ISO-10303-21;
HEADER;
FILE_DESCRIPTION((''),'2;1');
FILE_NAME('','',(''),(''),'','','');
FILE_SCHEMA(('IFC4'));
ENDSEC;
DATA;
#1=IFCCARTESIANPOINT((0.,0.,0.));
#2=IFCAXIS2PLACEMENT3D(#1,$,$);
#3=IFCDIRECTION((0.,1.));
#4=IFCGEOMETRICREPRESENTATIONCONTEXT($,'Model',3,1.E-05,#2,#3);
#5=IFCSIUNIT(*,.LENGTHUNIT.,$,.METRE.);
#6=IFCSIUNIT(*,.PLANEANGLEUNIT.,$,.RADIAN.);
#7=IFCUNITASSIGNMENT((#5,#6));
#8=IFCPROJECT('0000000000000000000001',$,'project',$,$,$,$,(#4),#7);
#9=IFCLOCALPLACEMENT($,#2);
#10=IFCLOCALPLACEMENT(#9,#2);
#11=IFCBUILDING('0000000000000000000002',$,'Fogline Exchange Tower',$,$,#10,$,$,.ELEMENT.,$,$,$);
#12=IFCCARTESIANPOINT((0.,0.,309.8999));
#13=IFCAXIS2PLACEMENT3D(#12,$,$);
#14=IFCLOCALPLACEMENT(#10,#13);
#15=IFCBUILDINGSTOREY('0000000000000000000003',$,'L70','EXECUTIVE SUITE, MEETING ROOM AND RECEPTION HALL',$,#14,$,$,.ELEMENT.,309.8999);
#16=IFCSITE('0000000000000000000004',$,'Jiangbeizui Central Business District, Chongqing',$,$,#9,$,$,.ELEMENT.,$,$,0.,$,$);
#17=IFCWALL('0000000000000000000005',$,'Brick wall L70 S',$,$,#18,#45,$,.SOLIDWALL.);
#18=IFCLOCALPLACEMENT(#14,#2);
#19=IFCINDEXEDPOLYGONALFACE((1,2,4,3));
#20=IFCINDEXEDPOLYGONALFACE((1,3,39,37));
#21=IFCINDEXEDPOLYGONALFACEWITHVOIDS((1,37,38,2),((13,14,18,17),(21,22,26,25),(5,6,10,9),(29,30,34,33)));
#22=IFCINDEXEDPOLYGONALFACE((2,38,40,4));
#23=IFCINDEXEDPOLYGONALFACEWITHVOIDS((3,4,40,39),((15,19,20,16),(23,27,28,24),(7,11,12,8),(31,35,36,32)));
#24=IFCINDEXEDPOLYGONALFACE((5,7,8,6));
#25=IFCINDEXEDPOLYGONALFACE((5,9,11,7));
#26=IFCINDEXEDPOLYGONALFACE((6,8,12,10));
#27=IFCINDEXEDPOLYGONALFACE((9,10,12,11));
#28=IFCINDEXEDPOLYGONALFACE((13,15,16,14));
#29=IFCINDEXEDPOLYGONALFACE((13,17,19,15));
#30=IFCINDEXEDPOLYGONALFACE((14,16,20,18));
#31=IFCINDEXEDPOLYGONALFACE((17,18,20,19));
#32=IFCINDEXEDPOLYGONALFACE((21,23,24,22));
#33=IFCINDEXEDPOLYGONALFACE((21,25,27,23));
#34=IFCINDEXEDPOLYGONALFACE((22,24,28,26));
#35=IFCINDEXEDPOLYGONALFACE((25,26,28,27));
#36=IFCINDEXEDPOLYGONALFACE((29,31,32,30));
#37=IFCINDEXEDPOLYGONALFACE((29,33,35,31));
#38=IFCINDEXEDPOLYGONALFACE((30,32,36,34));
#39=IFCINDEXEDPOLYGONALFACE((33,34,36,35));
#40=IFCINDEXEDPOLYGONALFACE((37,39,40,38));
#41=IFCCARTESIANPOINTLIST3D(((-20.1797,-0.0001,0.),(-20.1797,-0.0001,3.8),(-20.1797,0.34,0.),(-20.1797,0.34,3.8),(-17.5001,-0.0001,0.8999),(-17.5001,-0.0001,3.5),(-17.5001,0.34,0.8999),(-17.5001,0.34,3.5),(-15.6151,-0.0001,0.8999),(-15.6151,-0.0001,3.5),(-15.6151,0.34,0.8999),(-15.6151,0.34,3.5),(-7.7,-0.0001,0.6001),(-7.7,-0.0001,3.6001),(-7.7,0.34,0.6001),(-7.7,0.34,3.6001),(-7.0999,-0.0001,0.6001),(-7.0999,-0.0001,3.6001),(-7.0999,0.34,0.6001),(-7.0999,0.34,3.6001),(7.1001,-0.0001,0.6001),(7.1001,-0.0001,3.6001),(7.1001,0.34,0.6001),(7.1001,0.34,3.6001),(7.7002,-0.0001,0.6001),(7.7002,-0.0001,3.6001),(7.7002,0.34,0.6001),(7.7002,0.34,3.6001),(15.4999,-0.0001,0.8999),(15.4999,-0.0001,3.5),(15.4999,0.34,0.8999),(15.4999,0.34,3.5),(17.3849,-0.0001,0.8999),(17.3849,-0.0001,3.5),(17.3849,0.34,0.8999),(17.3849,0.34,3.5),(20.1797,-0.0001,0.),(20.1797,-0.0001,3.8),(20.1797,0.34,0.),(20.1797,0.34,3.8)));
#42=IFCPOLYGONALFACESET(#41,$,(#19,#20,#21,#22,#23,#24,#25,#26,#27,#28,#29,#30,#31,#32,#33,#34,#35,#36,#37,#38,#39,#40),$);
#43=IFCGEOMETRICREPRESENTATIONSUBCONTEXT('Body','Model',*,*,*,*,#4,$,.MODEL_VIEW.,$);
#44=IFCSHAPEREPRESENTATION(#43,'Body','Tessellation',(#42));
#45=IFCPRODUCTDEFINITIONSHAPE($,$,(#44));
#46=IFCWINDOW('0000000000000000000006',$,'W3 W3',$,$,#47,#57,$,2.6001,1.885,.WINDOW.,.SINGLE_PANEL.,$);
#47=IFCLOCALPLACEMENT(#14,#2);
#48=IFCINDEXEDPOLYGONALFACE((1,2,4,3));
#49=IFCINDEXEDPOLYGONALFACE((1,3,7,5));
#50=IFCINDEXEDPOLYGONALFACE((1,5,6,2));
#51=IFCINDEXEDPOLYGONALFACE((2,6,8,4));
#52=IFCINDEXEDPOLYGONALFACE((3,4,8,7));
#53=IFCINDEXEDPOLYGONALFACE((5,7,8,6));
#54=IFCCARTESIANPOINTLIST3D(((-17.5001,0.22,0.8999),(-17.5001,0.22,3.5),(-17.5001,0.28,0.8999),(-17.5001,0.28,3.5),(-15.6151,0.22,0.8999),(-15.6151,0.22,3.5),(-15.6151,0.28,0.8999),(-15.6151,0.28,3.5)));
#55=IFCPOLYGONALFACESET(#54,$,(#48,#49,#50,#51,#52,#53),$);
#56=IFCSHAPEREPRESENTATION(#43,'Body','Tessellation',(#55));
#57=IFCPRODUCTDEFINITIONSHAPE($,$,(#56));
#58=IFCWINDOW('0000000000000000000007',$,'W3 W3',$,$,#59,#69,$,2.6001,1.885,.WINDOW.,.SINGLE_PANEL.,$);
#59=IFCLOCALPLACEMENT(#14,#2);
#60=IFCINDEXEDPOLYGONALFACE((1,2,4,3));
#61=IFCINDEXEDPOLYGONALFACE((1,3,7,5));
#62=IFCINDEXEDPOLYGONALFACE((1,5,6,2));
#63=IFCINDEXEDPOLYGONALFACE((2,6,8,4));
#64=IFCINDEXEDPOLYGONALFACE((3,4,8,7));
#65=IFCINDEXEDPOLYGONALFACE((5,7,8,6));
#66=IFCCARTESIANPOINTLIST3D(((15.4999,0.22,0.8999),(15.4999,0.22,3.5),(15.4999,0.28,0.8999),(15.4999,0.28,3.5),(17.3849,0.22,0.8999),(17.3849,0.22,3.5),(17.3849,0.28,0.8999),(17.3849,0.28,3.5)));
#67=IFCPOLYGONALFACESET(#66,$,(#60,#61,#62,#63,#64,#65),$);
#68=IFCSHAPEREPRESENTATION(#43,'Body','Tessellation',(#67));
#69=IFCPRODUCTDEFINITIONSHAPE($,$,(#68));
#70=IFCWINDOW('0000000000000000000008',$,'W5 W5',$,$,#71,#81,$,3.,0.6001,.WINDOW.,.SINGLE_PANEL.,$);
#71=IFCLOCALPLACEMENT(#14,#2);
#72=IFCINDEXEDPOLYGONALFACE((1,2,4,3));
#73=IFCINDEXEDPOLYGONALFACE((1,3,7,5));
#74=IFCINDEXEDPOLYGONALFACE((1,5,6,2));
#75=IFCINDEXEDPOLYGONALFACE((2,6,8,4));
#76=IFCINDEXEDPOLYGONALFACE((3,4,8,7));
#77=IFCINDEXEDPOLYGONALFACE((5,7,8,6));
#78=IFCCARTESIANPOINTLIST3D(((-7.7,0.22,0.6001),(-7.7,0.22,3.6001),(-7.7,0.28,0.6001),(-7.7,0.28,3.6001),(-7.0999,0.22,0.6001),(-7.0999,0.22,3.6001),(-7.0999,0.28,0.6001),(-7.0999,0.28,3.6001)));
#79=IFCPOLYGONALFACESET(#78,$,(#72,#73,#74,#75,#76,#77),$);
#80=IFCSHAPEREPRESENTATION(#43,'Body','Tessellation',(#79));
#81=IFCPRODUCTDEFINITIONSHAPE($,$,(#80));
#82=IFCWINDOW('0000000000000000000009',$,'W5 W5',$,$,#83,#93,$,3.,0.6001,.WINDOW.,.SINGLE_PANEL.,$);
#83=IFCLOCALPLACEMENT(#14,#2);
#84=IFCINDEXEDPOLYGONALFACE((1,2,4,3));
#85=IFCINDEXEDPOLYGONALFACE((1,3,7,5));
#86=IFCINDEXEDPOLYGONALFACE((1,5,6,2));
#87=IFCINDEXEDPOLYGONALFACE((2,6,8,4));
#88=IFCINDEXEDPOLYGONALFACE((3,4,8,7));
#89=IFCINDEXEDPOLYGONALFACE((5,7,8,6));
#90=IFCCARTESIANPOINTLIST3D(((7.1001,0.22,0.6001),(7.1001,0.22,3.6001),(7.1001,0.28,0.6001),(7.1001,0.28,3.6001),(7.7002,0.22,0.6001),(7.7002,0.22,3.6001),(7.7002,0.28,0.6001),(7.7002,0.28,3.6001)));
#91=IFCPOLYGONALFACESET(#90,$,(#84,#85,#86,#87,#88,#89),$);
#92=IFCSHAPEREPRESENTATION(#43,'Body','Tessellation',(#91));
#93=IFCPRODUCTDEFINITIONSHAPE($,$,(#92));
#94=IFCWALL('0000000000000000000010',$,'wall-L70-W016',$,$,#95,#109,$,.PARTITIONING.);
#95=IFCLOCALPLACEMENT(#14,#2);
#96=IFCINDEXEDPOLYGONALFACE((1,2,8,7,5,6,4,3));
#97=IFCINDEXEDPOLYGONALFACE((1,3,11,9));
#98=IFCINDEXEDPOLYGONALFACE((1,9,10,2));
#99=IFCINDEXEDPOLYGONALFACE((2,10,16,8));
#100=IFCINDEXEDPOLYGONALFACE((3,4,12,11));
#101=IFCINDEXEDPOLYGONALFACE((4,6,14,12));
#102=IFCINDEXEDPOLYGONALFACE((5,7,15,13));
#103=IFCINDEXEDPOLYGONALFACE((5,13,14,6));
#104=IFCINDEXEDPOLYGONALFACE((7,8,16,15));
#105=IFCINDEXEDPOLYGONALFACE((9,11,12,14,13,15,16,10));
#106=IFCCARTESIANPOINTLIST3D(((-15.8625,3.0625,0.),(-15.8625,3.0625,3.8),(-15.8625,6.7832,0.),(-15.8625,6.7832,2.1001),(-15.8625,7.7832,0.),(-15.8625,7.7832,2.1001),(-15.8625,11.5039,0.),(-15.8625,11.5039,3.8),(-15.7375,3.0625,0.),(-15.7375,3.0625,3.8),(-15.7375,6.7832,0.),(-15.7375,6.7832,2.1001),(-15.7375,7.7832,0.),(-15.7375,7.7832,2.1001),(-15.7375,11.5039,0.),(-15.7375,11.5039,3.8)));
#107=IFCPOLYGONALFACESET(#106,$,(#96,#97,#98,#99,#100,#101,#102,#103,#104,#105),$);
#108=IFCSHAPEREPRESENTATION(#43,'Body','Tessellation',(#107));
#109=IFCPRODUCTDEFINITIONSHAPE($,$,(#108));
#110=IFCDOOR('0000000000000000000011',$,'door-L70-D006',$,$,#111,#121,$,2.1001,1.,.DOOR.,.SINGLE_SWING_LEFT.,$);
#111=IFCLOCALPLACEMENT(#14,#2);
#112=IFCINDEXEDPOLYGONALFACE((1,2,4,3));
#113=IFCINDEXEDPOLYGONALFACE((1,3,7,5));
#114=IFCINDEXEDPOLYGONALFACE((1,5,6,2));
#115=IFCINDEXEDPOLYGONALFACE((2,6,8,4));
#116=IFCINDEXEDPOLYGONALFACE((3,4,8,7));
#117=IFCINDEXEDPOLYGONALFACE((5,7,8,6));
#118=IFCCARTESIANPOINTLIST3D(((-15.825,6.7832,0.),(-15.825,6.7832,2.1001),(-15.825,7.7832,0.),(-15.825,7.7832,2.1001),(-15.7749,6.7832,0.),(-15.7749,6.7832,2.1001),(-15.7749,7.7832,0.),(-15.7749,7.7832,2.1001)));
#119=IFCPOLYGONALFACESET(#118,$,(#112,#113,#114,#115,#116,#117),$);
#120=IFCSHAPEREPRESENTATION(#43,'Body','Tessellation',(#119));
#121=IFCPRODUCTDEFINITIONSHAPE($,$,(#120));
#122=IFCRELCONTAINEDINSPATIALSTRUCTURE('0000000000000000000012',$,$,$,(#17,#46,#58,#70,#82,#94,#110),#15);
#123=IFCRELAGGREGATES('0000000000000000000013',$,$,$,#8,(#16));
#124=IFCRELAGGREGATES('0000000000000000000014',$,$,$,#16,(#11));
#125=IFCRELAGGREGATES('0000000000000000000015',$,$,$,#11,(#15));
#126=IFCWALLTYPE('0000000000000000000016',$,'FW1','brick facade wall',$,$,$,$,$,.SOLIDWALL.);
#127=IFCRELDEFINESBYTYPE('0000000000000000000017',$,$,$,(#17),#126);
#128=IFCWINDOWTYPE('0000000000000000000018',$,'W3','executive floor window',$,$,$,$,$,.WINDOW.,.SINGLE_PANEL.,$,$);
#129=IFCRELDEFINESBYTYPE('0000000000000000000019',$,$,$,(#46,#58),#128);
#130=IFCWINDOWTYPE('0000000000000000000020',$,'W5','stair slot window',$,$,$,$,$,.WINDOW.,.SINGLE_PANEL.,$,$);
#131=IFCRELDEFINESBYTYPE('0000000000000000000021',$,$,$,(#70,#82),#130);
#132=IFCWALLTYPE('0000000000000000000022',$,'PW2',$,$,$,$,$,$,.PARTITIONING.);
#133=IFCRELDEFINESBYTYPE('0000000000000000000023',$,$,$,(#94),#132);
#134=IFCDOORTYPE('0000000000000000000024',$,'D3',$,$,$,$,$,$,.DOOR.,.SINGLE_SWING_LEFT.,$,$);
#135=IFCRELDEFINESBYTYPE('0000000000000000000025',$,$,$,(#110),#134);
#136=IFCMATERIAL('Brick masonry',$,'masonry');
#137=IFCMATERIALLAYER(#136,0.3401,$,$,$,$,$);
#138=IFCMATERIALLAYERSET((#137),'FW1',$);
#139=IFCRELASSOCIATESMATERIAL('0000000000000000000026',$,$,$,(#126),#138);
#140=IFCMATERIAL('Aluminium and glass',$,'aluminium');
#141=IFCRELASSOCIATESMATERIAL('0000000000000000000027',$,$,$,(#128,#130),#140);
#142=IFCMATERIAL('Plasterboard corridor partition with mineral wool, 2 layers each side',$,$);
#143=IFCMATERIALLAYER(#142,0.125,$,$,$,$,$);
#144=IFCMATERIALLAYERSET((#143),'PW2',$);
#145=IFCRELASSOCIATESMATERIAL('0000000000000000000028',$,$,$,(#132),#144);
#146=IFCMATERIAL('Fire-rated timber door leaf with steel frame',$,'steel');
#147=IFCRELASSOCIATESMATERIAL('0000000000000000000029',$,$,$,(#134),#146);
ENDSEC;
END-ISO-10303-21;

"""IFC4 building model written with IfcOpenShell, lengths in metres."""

from ifc_helpers import new_model, si_unit, direction, frame, frame_2d, origin, place, context, subcontext, project, spatial, rectangle, extrude, material, layer, layer_set, type_object, element, fill, save


model = new_model("IFC4")

# Units and contexts
model_context = context("Model", 3, precision=1e-05, world=origin(), true_north=direction((0.0, 1.0)))
body_context = subcontext(model_context, "Body", "Model", "MODEL_VIEW")
ifc_project = project(units=[si_unit("LENGTHUNIT", "METRE"), si_unit("PLANEANGLEUNIT", "RADIAN")], contexts=[model_context])

# Site, building, storey
site_placement = place(None, origin())
site = spatial("IfcSite", under=ifc_project, at=site_placement, Name="Jiangbeizui Central Business District, Chongqing", CompositionType="ELEMENT", RefElevation=0.0)
building_placement = place(site_placement, origin())
building = spatial("IfcBuilding", under=site, at=building_placement, Name="Fogline Exchange Tower", CompositionType="ELEMENT")
storey_placement = place(building_placement, frame((0.0, 0.0, 309.8999)))
storey = spatial("IfcBuildingStorey", under=building, at=storey_placement, Name="L70", Description="EXECUTIVE SUITE, MEETING ROOM AND RECEPTION HALL", CompositionType="ELEMENT", Elevation=309.8999)

# Shared definitions
ifc_material_1 = material(Name="Brick masonry", Category="masonry")
ifc_layer_1 = layer(ifc_material_1, 0.3401)
ifc_layer_set_1 = layer_set([ifc_layer_1], Name="FW1")
wall_type_1 = type_object("IfcWallType", Name="FW1", Description="brick facade wall", PredefinedType="SOLIDWALL", material=ifc_layer_set_1)
ifc_material_2 = material(Name="Aluminium and glass", Category="aluminium")

# Wall, openings, windows
wall_1_placement = place(storey_placement, frame((-20.1797, 0.1699, 0.0), z_axis=(0.0, 0.0, 1.0), x_axis=(1.0, 0.0, 0.0)))
wall_1 = element("IfcWall", 1, at=wall_1_placement, inside=storey, type_object=wall_type_1, Name="Brick wall L70 S", PredefinedType="SOLIDWALL", context=body_context, shape_type="SweptSolid", body=[
    extrude(rectangle(XDim=40.3594, YDim=0.3401, at=frame_2d((20.1797, 0.0))), origin(), (0.0, 0.0, 1.0), 3.8),
])
opening_1_placement = place(wall_1_placement, frame((2.6797, 0.0, 0.8999)))
opening_1 = element("IfcOpeningElement", 2, at=opening_1_placement, cuts=wall_1, PredefinedType="OPENING", context=body_context, shape_type="SweptSolid", body=[
    extrude(rectangle(XDim=1.885, YDim=2.6001, at=frame_2d((0.9424, 1.3))), frame((0.0, 0.1802, 0.0), z_axis=(0.0, -1.0, 0.0), x_axis=(1.0, 0.0, 0.0)), (0.0, 0.0, 1.0), 0.3601),
])
opening_2_placement = place(wall_1_placement, frame((35.6797, 0.0, 0.8999)))
opening_2 = element("IfcOpeningElement", 3, at=opening_2_placement, cuts=wall_1, PredefinedType="OPENING", context=body_context, shape_type="SweptSolid", body=[
    extrude(rectangle(XDim=1.885, YDim=2.6001, at=frame_2d((0.9424, 1.3))), frame((0.0, 0.1802, 0.0), z_axis=(0.0, -1.0, 0.0), x_axis=(1.0, 0.0, 0.0)), (0.0, 0.0, 1.0), 0.3601),
])
opening_3_placement = place(wall_1_placement, frame((12.4797, 0.0, 0.6001)))
opening_3 = element("IfcOpeningElement", 4, at=opening_3_placement, cuts=wall_1, PredefinedType="OPENING", context=body_context, shape_type="SweptSolid", body=[
    extrude(rectangle(XDim=0.6001, YDim=3.0, at=frame_2d((0.3, 1.5))), frame((0.0, 0.1802, 0.0), z_axis=(0.0, -1.0, 0.0), x_axis=(1.0, 0.0, 0.0)), (0.0, 0.0, 1.0), 0.3601),
])
opening_4_placement = place(wall_1_placement, frame((27.2798, 0.0, 0.6001)))
opening_4 = element("IfcOpeningElement", 5, at=opening_4_placement, cuts=wall_1, PredefinedType="OPENING", context=body_context, shape_type="SweptSolid", body=[
    extrude(rectangle(XDim=0.6001, YDim=3.0, at=frame_2d((0.3, 1.5))), frame((0.0, 0.1802, 0.0), z_axis=(0.0, -1.0, 0.0), x_axis=(1.0, 0.0, 0.0)), (0.0, 0.0, 1.0), 0.3601),
])
window_type_1 = type_object("IfcWindowType", Name="W3", Description="executive floor window", PartitioningType="SINGLE_PANEL", PredefinedType="WINDOW", material=ifc_material_2)
window_1_placement = place(opening_1_placement, origin())
window_1 = element("IfcWindow", 6, at=window_1_placement, inside=storey, type_object=window_type_1, Name="W3 W3", OverallHeight=2.6001, OverallWidth=1.885, PartitioningType="SINGLE_PANEL", PredefinedType="WINDOW", context=body_context, shape_type="SweptSolid", body=[
    extrude(rectangle(XDim=1.885, YDim=2.6001, at=frame_2d((0.9424, 1.3))), frame((0.0, 0.1101, 0.0), z_axis=(0.0, -1.0, 0.0), x_axis=(1.0, 0.0, 0.0)), (0.0, 0.0, 1.0), 0.0601),
])
fill(opening_1, window_1)
window_2_placement = place(opening_2_placement, origin())
window_2 = element("IfcWindow", 7, at=window_2_placement, inside=storey, type_object=window_type_1, Name="W3 W3", OverallHeight=2.6001, OverallWidth=1.885, PartitioningType="SINGLE_PANEL", PredefinedType="WINDOW", context=body_context, shape_type="SweptSolid", body=[
    extrude(rectangle(XDim=1.885, YDim=2.6001, at=frame_2d((0.9424, 1.3))), frame((0.0, 0.1101, 0.0), z_axis=(0.0, -1.0, 0.0), x_axis=(1.0, 0.0, 0.0)), (0.0, 0.0, 1.0), 0.0601),
])
fill(opening_2, window_2)
window_type_2 = type_object("IfcWindowType", Name="W5", Description="stair slot window", PartitioningType="SINGLE_PANEL", PredefinedType="WINDOW", material=ifc_material_2)
window_3_placement = place(opening_3_placement, origin())
window_3 = element("IfcWindow", 8, at=window_3_placement, inside=storey, type_object=window_type_2, Name="W5 W5", OverallHeight=3.0, OverallWidth=0.6001, PartitioningType="SINGLE_PANEL", PredefinedType="WINDOW", context=body_context, shape_type="SweptSolid", body=[
    extrude(rectangle(XDim=0.6001, YDim=3.0, at=frame_2d((0.3, 1.5))), frame((0.0, 0.1101, 0.0), z_axis=(0.0, -1.0, 0.0), x_axis=(1.0, 0.0, 0.0)), (0.0, 0.0, 1.0), 0.0601),
])
fill(opening_3, window_3)
window_4_placement = place(opening_4_placement, origin())
window_4 = element("IfcWindow", 9, at=window_4_placement, inside=storey, type_object=window_type_2, Name="W5 W5", OverallHeight=3.0, OverallWidth=0.6001, PartitioningType="SINGLE_PANEL", PredefinedType="WINDOW", context=body_context, shape_type="SweptSolid", body=[
    extrude(rectangle(XDim=0.6001, YDim=3.0, at=frame_2d((0.3, 1.5))), frame((0.0, 0.1101, 0.0), z_axis=(0.0, -1.0, 0.0), x_axis=(1.0, 0.0, 0.0)), (0.0, 0.0, 1.0), 0.0601),
])
fill(opening_4, window_4)

# Wall, opening, door
ifc_material_3 = material(Name="Plasterboard corridor partition with mineral wool, 2 layers each side")
ifc_layer_2 = layer(ifc_material_3, 0.125)
ifc_layer_set_2 = layer_set([ifc_layer_2], Name="PW2")
wall_type_2 = type_object("IfcWallType", Name="PW2", PredefinedType="PARTITIONING", material=ifc_layer_set_2)
wall_2_placement = place(storey_placement, frame((-15.8, 3.0625, 0.0), z_axis=(0.0, 0.0, 1.0), x_axis=(0.0, 1.0, 0.0)))
wall_2 = element("IfcWall", 10, at=wall_2_placement, inside=storey, type_object=wall_type_2, Name="wall-L70-W016", PredefinedType="PARTITIONING", context=body_context, shape_type="SweptSolid", body=[
    extrude(rectangle(XDim=8.4414, YDim=0.125, at=frame_2d((4.2207, 0.0))), origin(), (0.0, 0.0, 1.0), 3.8),
])
opening_5_placement = place(wall_2_placement, frame((3.7207, 0.0, 0.0)))
opening_5 = element("IfcOpeningElement", 11, at=opening_5_placement, cuts=wall_2, PredefinedType="OPENING", context=body_context, shape_type="SweptSolid", body=[
    extrude(rectangle(XDim=1.0, YDim=2.1001, at=frame_2d((0.5, 1.05))), frame((0.0, 0.0725, 0.0), z_axis=(0.0, -1.0, 0.0), x_axis=(1.0, 0.0, 0.0)), (0.0, 0.0, 1.0), 0.145),
])
ifc_material_4 = material(Name="Fire-rated timber door leaf with steel frame", Category="steel")
door_type_1 = type_object("IfcDoorType", Name="D3", OperationType="SINGLE_SWING_LEFT", PredefinedType="DOOR", material=ifc_material_4)
door_1_placement = place(opening_5_placement, origin())
door_1 = element("IfcDoor", 12, at=door_1_placement, inside=storey, type_object=door_type_1, Name="door-L70-D006", OperationType="SINGLE_SWING_LEFT", OverallHeight=2.1001, OverallWidth=1.0, PredefinedType="DOOR", context=body_context, shape_type="SweptSolid", body=[
    extrude(rectangle(XDim=1.0, YDim=2.1001, at=frame_2d((0.5, 1.05))), frame((0.0, 0.0249, 0.0), z_axis=(0.0, -1.0, 0.0), x_axis=(1.0, 0.0, 0.0)), (0.0, 0.0, 1.0), 0.05),
])
fill(opening_5, door_1)

save(model, "model.ifc")
